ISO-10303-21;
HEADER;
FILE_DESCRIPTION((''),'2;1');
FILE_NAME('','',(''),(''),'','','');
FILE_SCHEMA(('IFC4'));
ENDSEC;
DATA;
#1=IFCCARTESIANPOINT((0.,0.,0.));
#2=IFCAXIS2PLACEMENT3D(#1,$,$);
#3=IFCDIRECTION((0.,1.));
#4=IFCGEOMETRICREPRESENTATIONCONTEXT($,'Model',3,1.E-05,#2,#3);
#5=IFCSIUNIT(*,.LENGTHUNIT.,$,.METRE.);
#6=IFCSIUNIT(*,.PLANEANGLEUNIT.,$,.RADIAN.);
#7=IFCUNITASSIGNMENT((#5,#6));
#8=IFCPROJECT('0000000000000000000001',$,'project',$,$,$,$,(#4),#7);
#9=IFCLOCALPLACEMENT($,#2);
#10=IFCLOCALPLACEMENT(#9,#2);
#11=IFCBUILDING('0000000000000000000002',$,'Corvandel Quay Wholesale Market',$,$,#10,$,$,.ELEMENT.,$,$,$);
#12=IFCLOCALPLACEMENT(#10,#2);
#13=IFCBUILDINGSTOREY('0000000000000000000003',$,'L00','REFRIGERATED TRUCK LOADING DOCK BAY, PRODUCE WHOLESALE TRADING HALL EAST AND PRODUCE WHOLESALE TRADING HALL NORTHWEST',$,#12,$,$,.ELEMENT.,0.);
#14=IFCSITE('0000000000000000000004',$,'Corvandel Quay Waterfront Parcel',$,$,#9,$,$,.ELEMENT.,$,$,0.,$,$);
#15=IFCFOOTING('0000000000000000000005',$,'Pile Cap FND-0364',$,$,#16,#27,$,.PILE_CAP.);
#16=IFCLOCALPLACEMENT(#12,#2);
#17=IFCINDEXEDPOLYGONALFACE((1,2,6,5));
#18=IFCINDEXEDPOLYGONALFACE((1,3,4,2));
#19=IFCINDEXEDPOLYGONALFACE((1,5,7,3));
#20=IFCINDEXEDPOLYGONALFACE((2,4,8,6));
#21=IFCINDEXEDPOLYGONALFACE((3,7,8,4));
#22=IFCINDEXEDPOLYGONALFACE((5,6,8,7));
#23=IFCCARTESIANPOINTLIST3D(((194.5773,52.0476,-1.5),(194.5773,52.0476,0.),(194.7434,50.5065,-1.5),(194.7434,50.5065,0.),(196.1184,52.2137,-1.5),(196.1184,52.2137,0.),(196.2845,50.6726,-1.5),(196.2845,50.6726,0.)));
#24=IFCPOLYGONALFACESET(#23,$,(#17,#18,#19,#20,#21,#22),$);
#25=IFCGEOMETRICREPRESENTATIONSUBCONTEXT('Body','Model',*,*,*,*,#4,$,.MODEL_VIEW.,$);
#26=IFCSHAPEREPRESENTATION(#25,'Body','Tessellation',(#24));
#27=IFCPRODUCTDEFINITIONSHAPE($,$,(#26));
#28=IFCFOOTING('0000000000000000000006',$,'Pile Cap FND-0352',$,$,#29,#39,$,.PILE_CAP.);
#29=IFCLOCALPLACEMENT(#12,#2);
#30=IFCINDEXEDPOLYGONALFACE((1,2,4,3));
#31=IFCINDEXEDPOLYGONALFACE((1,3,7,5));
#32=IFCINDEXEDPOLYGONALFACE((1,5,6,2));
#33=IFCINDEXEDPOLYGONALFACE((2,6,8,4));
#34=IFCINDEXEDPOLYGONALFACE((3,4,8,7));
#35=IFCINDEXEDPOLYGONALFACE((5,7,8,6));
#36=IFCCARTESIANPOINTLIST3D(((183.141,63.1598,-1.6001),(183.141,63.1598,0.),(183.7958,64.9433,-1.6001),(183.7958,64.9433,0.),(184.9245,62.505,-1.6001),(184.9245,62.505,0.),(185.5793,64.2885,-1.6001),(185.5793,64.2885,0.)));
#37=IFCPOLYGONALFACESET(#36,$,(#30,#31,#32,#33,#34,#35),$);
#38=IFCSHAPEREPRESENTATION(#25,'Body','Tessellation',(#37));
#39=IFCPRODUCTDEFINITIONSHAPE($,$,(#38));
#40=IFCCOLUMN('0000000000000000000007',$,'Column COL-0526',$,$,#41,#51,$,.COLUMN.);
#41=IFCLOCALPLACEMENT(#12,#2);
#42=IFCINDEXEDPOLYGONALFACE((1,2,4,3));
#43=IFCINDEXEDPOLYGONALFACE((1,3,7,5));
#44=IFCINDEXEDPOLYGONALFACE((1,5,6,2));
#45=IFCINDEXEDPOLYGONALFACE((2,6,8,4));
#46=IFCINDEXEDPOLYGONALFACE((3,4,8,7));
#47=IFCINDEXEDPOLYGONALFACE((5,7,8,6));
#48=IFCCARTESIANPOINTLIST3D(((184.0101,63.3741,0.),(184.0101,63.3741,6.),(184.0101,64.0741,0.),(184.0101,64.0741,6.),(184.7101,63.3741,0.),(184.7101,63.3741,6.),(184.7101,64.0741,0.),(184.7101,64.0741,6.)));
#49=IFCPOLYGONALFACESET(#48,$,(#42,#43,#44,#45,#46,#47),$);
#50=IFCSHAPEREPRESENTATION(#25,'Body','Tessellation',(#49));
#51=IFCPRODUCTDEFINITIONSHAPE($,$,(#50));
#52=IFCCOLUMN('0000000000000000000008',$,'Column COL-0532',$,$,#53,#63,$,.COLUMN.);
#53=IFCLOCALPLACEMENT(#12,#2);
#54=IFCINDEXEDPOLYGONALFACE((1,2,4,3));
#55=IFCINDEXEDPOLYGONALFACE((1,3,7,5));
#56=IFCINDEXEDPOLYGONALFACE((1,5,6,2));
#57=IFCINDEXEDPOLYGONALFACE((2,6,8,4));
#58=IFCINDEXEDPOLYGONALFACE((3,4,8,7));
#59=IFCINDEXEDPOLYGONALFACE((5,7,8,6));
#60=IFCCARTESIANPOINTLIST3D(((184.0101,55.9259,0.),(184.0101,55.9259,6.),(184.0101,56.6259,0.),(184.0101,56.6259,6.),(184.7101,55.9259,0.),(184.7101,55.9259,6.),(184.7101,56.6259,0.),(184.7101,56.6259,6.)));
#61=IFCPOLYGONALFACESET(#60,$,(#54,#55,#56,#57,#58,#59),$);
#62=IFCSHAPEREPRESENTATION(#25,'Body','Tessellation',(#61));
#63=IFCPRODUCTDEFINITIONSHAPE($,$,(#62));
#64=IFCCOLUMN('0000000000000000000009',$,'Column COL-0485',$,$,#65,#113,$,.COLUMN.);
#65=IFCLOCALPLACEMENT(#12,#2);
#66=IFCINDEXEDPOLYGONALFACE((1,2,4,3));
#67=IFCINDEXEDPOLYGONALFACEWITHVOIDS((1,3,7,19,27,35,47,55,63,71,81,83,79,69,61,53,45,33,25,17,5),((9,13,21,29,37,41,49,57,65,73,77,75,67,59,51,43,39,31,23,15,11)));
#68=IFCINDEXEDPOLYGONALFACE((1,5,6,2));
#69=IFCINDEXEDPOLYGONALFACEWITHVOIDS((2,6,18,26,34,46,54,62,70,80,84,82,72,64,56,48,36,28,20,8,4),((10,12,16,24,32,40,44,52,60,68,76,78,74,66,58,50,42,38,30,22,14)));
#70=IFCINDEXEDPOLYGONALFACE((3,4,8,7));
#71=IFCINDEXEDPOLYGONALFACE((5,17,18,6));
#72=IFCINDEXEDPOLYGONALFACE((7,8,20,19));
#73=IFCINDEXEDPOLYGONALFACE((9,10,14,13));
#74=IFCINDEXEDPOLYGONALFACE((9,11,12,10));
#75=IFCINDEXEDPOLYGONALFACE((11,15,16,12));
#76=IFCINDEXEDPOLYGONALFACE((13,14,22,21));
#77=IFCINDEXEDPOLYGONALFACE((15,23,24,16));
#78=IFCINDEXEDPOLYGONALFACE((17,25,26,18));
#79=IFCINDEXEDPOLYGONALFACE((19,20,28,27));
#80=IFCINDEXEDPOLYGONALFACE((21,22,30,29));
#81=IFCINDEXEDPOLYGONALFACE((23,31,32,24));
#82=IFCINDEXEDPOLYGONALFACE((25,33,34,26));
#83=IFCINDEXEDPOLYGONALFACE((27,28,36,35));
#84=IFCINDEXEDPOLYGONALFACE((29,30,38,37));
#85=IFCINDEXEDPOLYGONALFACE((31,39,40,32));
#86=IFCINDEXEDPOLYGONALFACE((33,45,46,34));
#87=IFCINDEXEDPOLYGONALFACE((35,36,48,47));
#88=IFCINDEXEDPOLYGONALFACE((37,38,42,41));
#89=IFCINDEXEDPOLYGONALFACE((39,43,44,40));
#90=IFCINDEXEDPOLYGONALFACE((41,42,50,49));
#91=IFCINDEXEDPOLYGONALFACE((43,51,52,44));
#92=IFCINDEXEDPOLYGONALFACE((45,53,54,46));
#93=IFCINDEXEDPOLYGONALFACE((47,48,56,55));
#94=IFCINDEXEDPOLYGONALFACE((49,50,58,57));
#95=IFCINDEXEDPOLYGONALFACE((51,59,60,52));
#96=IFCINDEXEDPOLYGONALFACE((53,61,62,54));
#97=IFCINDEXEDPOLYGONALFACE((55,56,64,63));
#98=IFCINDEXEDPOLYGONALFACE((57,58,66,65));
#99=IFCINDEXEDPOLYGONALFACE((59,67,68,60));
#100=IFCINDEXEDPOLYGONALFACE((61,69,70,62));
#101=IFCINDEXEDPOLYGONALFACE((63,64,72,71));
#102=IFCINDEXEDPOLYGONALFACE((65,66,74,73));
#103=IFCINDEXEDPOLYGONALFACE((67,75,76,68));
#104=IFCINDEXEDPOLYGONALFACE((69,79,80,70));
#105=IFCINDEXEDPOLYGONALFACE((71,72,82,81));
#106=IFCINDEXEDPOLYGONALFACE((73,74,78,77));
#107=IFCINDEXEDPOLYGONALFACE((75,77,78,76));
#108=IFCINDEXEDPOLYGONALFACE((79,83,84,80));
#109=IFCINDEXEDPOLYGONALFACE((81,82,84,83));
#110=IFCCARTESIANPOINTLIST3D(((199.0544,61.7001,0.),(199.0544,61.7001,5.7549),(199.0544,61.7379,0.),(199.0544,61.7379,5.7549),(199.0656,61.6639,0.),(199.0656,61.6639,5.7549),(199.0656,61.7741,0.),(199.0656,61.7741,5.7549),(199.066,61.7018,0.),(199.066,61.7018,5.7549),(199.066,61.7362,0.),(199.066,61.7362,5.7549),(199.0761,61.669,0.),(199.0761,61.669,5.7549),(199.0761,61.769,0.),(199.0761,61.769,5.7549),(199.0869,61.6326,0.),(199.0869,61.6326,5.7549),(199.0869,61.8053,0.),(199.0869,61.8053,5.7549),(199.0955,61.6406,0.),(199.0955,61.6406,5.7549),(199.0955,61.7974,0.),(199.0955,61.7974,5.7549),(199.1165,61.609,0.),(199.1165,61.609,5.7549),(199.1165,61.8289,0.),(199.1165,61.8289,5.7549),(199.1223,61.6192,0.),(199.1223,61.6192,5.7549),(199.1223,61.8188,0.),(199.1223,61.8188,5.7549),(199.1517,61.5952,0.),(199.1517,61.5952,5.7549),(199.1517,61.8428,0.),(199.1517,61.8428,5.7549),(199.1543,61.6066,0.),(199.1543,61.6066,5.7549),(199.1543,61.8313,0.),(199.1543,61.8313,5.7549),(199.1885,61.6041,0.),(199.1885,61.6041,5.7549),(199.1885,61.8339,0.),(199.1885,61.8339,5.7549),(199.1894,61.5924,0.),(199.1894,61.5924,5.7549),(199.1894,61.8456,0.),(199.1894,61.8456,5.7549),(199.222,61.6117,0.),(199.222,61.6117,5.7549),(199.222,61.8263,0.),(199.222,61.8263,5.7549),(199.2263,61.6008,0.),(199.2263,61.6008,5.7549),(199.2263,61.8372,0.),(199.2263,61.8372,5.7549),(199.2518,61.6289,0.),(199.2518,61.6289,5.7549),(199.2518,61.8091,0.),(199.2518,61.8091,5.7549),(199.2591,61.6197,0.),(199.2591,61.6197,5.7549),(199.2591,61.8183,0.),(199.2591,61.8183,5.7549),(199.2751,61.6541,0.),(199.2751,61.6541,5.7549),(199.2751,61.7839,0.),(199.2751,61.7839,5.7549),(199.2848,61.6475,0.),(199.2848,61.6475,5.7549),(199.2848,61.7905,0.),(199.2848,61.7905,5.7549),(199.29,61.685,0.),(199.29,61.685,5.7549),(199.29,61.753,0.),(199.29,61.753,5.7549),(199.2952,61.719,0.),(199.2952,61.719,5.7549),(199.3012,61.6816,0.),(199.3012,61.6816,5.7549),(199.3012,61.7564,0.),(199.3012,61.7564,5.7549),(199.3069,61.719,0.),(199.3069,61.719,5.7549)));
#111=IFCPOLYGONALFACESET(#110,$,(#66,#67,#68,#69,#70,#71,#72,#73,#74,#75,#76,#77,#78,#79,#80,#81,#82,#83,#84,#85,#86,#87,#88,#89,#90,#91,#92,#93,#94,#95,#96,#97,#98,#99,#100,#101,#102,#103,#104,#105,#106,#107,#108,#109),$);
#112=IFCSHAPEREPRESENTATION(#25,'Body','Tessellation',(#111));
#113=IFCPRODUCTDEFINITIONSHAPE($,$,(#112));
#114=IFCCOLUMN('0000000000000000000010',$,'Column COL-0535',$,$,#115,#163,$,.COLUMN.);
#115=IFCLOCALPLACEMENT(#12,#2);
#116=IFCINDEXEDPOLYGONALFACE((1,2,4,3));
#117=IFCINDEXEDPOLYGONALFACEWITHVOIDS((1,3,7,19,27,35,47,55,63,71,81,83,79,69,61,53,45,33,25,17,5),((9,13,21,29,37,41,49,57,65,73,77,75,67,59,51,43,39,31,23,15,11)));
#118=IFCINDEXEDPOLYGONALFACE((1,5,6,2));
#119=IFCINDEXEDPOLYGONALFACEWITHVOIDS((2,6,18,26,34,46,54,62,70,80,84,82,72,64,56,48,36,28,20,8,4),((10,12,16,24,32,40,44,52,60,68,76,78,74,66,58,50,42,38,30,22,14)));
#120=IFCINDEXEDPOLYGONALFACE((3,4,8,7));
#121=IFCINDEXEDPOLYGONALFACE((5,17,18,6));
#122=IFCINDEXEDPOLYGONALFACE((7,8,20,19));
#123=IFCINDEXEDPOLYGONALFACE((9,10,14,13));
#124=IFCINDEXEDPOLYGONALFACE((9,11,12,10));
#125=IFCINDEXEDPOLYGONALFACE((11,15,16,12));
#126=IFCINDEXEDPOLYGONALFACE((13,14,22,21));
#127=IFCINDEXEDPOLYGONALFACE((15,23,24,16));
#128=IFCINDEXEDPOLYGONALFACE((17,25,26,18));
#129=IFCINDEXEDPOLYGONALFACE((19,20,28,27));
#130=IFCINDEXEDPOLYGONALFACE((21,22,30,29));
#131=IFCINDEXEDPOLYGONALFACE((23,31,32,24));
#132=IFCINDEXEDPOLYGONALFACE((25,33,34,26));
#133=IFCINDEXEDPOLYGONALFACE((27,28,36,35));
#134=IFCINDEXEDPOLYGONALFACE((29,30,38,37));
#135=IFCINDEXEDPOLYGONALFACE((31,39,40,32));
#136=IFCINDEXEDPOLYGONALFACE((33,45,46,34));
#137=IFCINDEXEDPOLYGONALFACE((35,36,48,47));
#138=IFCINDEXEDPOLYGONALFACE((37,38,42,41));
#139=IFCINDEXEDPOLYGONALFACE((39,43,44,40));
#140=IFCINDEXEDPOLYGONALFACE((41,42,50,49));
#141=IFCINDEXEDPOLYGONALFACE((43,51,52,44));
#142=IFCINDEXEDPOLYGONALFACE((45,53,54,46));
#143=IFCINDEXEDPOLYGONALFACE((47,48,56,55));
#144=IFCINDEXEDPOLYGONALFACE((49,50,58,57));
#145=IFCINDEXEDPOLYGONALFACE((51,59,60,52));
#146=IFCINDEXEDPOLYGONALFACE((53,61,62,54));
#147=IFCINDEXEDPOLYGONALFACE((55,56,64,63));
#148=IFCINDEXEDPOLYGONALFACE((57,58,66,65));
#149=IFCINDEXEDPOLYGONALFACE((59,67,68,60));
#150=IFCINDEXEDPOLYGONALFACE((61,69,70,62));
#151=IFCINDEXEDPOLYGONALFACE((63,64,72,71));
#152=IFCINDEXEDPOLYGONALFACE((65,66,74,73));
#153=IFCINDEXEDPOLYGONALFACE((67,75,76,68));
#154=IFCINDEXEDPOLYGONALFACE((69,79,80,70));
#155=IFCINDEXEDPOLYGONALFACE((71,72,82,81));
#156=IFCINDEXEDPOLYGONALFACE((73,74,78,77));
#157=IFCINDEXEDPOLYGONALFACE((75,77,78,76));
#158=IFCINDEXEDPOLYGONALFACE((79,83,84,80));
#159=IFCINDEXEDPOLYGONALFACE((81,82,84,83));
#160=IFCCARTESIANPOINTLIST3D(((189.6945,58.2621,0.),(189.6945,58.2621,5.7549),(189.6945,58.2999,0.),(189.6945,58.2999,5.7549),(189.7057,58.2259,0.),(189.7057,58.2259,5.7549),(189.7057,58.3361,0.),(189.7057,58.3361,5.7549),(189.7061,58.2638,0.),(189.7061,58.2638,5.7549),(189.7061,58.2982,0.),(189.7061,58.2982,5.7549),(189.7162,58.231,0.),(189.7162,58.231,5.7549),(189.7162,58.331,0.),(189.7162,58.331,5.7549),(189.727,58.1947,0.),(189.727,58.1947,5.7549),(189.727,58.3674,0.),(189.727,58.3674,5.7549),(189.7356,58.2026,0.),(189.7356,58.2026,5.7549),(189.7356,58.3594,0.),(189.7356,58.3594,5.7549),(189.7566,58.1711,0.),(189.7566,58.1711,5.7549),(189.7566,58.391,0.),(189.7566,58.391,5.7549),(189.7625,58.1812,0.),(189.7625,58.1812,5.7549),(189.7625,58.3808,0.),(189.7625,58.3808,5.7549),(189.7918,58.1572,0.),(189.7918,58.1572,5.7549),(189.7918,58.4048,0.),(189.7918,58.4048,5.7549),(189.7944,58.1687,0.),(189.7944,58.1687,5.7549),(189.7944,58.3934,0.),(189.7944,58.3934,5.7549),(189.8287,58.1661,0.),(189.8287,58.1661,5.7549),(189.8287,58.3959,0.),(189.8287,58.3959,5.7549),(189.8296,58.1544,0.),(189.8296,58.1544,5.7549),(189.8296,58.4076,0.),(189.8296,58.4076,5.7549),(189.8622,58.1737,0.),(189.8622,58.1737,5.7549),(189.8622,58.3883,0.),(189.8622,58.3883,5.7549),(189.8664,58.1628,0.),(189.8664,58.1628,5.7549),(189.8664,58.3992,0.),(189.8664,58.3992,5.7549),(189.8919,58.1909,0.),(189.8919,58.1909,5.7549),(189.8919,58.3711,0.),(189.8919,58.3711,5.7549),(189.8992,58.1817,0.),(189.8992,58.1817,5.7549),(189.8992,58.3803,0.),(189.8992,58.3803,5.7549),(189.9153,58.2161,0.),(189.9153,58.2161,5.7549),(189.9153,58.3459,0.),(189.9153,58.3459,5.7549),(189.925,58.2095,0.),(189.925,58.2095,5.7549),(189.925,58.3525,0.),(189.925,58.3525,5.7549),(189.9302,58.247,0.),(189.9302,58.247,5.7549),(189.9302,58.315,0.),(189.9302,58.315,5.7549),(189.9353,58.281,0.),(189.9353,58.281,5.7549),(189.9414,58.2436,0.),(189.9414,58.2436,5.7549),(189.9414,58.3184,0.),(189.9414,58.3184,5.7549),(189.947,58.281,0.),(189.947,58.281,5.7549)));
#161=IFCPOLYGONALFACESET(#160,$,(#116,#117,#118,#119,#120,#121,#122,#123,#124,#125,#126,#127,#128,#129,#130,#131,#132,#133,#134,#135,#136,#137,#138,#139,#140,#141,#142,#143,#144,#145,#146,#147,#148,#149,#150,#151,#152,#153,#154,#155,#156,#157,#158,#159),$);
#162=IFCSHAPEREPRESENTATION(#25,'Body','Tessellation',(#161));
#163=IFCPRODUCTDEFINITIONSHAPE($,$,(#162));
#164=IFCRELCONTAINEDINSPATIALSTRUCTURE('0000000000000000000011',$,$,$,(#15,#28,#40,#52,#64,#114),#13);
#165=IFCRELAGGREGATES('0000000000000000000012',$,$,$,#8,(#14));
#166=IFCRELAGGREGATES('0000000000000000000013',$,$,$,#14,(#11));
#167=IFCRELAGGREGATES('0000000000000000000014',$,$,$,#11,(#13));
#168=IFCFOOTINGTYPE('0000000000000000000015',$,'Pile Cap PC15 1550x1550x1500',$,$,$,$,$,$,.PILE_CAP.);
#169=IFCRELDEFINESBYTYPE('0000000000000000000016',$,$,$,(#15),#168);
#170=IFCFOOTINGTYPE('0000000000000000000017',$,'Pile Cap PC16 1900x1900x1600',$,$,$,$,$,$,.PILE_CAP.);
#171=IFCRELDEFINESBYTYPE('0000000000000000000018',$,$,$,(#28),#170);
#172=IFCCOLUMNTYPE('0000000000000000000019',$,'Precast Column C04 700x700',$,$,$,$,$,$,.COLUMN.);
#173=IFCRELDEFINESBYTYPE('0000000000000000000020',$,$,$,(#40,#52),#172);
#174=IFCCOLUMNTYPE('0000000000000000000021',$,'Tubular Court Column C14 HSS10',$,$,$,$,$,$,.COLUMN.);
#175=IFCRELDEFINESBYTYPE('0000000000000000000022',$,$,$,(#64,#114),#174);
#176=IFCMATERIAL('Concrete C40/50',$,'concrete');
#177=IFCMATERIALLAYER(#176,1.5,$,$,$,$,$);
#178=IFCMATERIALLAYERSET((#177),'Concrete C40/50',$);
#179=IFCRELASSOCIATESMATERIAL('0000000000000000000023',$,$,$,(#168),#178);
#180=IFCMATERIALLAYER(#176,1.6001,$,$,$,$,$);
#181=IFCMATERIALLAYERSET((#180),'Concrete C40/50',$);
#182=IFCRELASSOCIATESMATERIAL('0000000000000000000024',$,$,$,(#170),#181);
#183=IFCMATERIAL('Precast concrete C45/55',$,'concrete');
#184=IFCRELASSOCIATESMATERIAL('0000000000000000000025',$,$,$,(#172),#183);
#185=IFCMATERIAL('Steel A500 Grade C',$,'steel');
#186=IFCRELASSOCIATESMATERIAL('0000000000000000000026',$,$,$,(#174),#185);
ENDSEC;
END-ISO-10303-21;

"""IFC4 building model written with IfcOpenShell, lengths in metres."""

from ifc_helpers import new_model, si_unit, direction, frame, origin, origin_2d, place, context, subcontext, project, spatial, rectangle, hollow_circle, extrude, material, layer, layer_set, material_profile, profile_set, type_object, element, save


model = new_model("IFC4")

# Units and contexts
model_context = context("Model", 3, precision=1e-05, world=origin(), true_north=direction((0.0, 1.0)))
body_context = subcontext(model_context, "Body", "Model", "MODEL_VIEW")
ifc_project = project(units=[si_unit("LENGTHUNIT", "METRE"), si_unit("PLANEANGLEUNIT", "RADIAN")], contexts=[model_context])

# Site, building, storey
site_placement = place(None, origin())
site = spatial("IfcSite", under=ifc_project, at=site_placement, Name="Corvandel Quay Waterfront Parcel", CompositionType="ELEMENT", RefElevation=0.0)
building_placement = place(site_placement, origin())
building = spatial("IfcBuilding", under=site, at=building_placement, Name="Corvandel Quay Wholesale Market", CompositionType="ELEMENT")
storey_placement = place(building_placement, origin())
storey = spatial("IfcBuildingStorey", under=building, at=storey_placement, Name="L00", Description="REFRIGERATED TRUCK LOADING DOCK BAY, PRODUCE WHOLESALE TRADING HALL EAST AND PRODUCE WHOLESALE TRADING HALL NORTHWEST", CompositionType="ELEMENT", Elevation=0.0)

# Shared definitions
ifc_material_1 = material(Name="Concrete C40/50", Category="concrete")

# Footings
ifc_layer_1 = layer(ifc_material_1, 1.5)
ifc_layer_set_1 = layer_set([ifc_layer_1], Name="Concrete C40/50")
footing_type_1 = type_object("IfcFootingType", Name="Pile Cap PC15 1550x1550x1500", PredefinedType="PILE_CAP", material=ifc_layer_set_1)
for number, where, z_axis, x_axis, name in (
    (1, (195.4309, 51.3601, -1.5), (0.0, 0.0, 1.0), (0.994245, 0.107132, 0.0), "Pile Cap FND-0364"),
):
    element("IfcFooting", number, at=place(storey_placement, frame(where, z_axis=z_axis, x_axis=x_axis)), inside=storey, type_object=footing_type_1, Name=name, PredefinedType="PILE_CAP", context=body_context, shape_type="SweptSolid", body=[
        extrude(rectangle(XDim=1.55, YDim=1.55, at=origin_2d()), origin(), (0.0, 0.0, 1.0), 1.5),
    ])
ifc_layer_2 = layer(ifc_material_1, 1.6001)
ifc_layer_set_2 = layer_set([ifc_layer_2], Name="Concrete C40/50")
footing_type_2 = type_object("IfcFootingType", Name="Pile Cap PC16 1900x1900x1600", PredefinedType="PILE_CAP", material=ifc_layer_set_2)
footing_placement = place(storey_placement, frame((184.3601, 63.7241, -1.6001), z_axis=(0.0, 0.0, 1.0), x_axis=(0.344643, 0.938734, 0.0)))
element("IfcFooting", 2, at=footing_placement, inside=storey, type_object=footing_type_2, Name="Pile Cap FND-0352", PredefinedType="PILE_CAP", context=body_context, shape_type="SweptSolid", body=[
    extrude(rectangle(XDim=1.8999, YDim=1.8999, at=origin_2d()), origin(), (0.0, 0.0, 1.0), 1.6001),
])

# Columns
ifc_material_2 = material(Name="Precast concrete C45/55", Category="concrete")
ifc_material_profile_1 = material_profile(ifc_material_2, rectangle(XDim=0.7, YDim=0.7, at=origin_2d()), Name="PC-COL-700x700")
ifc_profile_set_1 = profile_set([ifc_material_profile_1], Name="Precast concrete C45/55")
column_type_1 = type_object("IfcColumnType", Name="Precast Column C04 700x700", PredefinedType="COLUMN", material=ifc_profile_set_1)
for number, where, z_axis, x_axis, name in (
    (3, (184.3601, 63.7241, 0.0), (0.0, 0.0, 1.0), (1.0, 0.0, 0.0), "Column COL-0526"),
    (4, (184.3601, 56.2759, 0.0), (0.0, 0.0, 1.0), (1.0, 0.0, 0.0), "Column COL-0532"),
):
    element("IfcColumn", number, at=place(storey_placement, frame(where, z_axis=z_axis, x_axis=x_axis)), inside=storey, type_object=column_type_1, Name=name, PredefinedType="COLUMN", context=body_context, shape_type="SweptSolid", body=[
        extrude(rectangle(XDim=0.7, YDim=0.7, at=origin_2d()), origin(), (0.0, 0.0, 1.0), 6.0),
    ])
ifc_material_3 = material(Name="Steel A500 Grade C", Category="steel")
ifc_material_profile_2 = material_profile(ifc_material_3, hollow_circle(Radius=0.127, WallThickness=0.0117, at=origin_2d()), Name="HSS10.000X0.500")
ifc_profile_set_2 = profile_set([ifc_material_profile_2], Name="Steel A500 Grade C")
column_type_2 = type_object("IfcColumnType", Name="Tubular Court Column C14 HSS10", PredefinedType="COLUMN", material=ifc_profile_set_2)
for number, where, z_axis, x_axis, name in (
    (5, (199.1799, 61.719, 0.0), (0.0, 0.0, 1.0), (1.0, 0.0, 0.0), "Column COL-0485"),
    (6, (189.8201, 58.281, 0.0), (0.0, 0.0, 1.0), (1.0, 0.0, 0.0), "Column COL-0535"),
):
    element("IfcColumn", number, at=place(storey_placement, frame(where, z_axis=z_axis, x_axis=x_axis)), inside=storey, type_object=column_type_2, Name=name, PredefinedType="COLUMN", context=body_context, shape_type="SweptSolid", body=[
        extrude(hollow_circle(Radius=0.127, WallThickness=0.0117, at=origin_2d()), origin(), (0.0, 0.0, 1.0), 5.7549),
    ])

save(model, "model.ifc")
